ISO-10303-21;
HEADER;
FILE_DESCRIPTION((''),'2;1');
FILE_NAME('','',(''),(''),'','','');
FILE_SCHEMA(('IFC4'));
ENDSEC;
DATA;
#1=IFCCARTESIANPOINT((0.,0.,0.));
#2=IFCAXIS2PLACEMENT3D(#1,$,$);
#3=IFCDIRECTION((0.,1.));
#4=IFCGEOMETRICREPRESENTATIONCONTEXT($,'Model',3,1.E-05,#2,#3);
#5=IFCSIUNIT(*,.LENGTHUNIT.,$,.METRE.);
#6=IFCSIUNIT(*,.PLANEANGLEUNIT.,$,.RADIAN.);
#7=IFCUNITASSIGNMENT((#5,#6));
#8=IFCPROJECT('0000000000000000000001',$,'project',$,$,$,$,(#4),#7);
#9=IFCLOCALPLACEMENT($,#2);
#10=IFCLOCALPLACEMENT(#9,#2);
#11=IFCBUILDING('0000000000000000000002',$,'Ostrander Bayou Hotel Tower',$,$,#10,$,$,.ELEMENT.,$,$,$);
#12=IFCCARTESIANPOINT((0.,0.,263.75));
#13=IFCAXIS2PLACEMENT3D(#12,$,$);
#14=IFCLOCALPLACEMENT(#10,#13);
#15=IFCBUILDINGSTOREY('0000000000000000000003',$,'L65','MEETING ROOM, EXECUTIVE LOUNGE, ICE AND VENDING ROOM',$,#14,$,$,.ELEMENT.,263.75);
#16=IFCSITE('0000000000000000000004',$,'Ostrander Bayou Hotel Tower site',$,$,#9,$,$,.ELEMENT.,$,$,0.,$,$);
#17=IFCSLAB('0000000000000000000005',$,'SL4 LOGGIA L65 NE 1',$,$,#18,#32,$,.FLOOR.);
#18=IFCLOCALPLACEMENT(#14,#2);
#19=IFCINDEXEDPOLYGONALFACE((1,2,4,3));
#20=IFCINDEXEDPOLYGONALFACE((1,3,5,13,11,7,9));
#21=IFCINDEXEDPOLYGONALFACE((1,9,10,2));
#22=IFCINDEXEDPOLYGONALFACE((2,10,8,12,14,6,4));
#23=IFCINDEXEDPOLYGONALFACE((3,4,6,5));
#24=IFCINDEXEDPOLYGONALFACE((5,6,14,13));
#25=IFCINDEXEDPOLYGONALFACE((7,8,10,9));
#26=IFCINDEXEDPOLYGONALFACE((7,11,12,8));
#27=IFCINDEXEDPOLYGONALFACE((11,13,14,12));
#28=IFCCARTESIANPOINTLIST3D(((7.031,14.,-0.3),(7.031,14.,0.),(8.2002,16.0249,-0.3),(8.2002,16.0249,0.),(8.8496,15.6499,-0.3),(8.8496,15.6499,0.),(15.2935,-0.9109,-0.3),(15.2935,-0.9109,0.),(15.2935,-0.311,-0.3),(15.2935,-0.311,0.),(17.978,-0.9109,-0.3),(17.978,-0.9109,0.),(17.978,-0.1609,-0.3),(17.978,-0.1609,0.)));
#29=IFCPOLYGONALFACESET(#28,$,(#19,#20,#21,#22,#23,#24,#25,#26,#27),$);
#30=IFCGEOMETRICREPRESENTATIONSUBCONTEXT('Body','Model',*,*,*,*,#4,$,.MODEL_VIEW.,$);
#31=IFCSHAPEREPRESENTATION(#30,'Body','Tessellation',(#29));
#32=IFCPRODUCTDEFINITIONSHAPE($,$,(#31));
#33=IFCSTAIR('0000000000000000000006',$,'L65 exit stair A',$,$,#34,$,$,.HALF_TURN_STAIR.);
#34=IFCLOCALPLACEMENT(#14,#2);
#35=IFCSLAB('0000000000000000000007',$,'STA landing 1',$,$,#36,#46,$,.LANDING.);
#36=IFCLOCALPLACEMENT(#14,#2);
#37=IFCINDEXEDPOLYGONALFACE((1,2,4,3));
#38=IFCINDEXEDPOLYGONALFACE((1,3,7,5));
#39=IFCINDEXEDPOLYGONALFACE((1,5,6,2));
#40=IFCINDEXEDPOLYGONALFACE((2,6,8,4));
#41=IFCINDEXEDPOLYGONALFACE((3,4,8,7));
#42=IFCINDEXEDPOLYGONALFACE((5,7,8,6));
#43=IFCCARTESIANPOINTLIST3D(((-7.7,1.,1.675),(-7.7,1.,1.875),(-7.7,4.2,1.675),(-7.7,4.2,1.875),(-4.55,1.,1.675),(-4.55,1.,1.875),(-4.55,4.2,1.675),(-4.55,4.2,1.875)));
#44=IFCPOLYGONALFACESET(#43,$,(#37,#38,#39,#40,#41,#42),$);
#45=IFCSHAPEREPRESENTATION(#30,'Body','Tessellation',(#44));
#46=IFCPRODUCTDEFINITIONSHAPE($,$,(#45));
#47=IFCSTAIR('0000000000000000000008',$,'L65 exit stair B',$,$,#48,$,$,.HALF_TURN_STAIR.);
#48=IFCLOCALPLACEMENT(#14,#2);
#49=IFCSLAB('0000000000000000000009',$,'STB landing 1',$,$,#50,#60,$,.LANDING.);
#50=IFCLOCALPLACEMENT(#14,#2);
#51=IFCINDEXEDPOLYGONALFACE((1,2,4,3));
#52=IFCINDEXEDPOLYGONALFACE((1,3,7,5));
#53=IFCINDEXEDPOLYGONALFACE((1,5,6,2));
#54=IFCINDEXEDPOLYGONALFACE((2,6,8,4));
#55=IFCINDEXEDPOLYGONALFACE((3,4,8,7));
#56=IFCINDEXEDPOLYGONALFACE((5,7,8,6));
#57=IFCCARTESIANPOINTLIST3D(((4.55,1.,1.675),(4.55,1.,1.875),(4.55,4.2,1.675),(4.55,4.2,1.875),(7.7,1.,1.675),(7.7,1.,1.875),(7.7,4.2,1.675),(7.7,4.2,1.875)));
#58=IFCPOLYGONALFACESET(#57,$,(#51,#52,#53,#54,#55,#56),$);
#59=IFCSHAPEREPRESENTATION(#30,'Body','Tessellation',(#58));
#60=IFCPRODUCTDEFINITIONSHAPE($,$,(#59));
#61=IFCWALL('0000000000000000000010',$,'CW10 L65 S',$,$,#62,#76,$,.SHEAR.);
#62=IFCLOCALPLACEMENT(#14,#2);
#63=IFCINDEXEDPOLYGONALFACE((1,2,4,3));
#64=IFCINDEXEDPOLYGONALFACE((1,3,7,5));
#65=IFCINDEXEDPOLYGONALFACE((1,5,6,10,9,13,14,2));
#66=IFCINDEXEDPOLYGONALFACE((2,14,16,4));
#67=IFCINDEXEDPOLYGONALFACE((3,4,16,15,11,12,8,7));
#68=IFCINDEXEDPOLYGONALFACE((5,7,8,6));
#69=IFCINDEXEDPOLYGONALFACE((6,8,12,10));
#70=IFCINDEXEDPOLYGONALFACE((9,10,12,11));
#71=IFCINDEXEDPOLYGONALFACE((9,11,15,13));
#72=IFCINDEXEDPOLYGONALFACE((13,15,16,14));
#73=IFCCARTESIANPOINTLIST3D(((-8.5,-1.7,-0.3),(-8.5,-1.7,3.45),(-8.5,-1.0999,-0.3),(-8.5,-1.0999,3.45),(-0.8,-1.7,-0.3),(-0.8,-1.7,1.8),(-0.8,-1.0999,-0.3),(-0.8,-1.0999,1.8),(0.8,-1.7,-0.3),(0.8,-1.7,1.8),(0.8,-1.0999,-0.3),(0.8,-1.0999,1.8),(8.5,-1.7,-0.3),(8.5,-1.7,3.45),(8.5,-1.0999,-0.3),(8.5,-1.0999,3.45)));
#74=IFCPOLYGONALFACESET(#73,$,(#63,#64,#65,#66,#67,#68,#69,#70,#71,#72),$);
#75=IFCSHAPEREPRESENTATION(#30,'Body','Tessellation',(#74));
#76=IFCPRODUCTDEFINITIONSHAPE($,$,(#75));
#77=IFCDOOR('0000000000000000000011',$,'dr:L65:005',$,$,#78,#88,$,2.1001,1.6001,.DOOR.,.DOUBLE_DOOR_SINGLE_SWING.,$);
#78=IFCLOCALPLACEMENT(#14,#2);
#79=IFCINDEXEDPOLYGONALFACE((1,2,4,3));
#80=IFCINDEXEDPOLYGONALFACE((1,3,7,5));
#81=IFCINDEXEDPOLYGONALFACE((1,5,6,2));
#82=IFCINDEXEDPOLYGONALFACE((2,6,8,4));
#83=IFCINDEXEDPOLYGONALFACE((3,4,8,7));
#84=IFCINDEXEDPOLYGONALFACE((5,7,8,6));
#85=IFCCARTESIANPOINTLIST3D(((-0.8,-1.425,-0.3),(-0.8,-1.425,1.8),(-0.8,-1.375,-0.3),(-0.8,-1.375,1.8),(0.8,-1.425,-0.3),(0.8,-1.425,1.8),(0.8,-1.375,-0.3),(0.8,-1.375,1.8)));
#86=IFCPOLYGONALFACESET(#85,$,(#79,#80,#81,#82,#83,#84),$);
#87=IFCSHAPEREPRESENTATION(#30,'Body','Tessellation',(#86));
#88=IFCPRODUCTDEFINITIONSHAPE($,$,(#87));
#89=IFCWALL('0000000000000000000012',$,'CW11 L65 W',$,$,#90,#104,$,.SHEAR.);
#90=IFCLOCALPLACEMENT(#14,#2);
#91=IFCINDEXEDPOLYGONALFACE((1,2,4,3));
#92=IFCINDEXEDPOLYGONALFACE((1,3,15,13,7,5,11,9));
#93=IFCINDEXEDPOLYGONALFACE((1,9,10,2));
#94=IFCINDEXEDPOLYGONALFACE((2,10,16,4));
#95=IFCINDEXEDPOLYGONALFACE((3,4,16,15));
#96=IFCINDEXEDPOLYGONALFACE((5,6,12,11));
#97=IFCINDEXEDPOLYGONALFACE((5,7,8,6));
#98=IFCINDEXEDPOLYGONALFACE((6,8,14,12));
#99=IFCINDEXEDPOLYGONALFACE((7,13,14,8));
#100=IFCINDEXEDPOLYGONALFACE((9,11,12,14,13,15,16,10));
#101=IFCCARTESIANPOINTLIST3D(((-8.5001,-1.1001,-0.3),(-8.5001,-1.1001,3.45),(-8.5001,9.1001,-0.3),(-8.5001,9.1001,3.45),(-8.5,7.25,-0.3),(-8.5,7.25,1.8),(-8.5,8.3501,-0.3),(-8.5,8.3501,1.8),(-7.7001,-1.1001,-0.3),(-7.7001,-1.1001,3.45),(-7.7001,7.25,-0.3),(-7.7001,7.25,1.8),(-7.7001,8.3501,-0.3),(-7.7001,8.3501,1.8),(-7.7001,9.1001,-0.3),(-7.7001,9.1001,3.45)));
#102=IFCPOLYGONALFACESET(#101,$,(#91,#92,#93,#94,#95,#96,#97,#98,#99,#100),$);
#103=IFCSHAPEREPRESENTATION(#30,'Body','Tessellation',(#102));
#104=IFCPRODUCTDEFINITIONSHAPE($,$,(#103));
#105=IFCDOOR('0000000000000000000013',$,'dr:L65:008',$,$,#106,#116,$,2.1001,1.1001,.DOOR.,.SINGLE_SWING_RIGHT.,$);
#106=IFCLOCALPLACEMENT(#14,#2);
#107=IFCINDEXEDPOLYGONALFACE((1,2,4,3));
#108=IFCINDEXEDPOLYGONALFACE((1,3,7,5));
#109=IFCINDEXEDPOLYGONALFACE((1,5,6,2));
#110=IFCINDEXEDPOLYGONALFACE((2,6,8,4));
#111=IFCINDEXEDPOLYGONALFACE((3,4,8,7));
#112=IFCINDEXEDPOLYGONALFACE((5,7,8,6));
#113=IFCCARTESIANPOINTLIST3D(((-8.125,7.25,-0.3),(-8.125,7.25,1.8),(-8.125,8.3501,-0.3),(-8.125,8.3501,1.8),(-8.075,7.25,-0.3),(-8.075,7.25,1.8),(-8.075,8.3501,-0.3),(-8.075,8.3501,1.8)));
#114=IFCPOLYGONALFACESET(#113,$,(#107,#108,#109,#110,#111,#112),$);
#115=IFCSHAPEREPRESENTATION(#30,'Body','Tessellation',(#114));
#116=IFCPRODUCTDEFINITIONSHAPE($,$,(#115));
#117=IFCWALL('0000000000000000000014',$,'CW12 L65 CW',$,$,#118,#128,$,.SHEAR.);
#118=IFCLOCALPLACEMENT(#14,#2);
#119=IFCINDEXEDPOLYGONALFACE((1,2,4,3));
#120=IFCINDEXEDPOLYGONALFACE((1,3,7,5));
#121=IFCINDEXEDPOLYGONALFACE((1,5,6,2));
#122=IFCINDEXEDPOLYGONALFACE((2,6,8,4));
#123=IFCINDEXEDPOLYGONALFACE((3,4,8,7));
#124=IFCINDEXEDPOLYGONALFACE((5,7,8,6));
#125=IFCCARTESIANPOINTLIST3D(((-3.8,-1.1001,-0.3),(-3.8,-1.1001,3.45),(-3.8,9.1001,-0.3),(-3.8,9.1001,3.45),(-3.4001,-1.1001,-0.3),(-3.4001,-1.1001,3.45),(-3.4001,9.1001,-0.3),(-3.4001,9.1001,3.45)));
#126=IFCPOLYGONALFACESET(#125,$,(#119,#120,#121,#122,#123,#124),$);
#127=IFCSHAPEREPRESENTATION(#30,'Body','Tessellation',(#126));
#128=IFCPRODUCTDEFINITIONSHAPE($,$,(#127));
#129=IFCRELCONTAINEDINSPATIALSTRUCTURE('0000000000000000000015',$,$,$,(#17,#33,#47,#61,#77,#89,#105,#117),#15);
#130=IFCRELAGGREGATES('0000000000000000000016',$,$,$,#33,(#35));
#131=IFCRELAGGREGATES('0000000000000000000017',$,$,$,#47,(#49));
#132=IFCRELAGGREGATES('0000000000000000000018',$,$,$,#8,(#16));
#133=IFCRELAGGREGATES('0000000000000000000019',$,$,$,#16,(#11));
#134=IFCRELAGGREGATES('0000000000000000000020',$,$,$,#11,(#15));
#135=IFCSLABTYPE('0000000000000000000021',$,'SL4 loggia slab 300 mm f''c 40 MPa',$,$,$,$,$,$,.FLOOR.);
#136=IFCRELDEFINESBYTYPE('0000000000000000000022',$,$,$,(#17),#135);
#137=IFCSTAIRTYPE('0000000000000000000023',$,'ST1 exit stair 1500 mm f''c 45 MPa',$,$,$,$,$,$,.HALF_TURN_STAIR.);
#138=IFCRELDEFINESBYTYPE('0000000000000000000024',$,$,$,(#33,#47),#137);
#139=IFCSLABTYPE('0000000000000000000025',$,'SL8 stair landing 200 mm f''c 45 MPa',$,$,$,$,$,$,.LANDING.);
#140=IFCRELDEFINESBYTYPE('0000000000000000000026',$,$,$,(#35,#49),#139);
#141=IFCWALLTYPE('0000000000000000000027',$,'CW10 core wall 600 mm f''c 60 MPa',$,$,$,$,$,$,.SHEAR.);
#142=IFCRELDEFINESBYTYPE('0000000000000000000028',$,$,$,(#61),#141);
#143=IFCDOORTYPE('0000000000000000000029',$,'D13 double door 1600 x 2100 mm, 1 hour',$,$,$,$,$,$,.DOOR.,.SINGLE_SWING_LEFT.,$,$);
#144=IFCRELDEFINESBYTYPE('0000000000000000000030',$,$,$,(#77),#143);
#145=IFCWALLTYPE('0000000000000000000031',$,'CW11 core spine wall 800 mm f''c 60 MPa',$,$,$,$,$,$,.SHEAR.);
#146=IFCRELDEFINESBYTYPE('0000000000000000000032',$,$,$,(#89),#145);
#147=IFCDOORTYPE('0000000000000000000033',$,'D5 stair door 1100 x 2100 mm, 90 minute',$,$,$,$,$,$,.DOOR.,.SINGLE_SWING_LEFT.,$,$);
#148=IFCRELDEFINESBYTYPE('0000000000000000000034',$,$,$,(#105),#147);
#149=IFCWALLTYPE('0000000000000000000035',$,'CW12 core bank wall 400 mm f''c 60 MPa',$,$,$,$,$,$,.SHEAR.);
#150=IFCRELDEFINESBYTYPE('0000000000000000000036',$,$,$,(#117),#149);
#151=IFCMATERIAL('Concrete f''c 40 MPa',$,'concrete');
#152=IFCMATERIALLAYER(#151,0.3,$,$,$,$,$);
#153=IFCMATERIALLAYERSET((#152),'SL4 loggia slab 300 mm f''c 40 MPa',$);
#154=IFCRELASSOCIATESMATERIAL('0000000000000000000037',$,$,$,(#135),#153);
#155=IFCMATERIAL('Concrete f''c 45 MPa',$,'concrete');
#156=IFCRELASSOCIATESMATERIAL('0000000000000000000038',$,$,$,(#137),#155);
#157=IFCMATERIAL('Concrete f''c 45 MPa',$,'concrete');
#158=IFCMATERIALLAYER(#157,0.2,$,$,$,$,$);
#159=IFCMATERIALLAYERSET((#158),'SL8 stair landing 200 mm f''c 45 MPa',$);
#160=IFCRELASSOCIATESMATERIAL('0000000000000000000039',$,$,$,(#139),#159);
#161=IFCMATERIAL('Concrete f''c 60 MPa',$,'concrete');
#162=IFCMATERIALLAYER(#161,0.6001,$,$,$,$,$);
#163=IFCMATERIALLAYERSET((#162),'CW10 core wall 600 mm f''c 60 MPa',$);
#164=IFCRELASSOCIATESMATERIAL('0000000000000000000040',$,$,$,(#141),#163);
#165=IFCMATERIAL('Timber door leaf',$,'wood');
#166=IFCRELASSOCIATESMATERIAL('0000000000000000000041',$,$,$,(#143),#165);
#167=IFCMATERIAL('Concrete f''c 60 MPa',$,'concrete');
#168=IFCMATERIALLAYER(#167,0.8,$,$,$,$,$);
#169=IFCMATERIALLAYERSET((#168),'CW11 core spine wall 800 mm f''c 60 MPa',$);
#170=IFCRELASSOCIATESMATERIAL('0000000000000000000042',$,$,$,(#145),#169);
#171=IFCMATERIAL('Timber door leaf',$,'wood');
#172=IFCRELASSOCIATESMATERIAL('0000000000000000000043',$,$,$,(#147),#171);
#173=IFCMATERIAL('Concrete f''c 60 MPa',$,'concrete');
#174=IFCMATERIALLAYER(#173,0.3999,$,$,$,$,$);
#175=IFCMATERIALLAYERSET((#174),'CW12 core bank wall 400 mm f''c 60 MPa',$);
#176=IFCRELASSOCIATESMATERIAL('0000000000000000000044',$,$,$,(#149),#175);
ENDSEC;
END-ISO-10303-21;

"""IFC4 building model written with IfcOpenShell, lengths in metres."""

from ifc_helpers import new_model, si_unit, direction, frame, frame_2d, origin, place, context, subcontext, project, spatial, polyline, rectangle, outline, extrude, material, layer, layer_set, type_object, element, fill, aggregate, save


model = new_model("IFC4")

# Units and contexts
model_context = context("Model", 3, precision=1e-05, world=origin(), true_north=direction((0.0, 1.0)))
body_context = subcontext(model_context, "Body", "Model", "MODEL_VIEW")
ifc_project = project(units=[si_unit("LENGTHUNIT", "METRE"), si_unit("PLANEANGLEUNIT", "RADIAN")], contexts=[model_context])

# Site, building, storey
site_placement = place(None, origin())
site = spatial("IfcSite", under=ifc_project, at=site_placement, Name="Ostrander Bayou Hotel Tower site", CompositionType="ELEMENT", RefElevation=0.0)
building_placement = place(site_placement, origin())
building = spatial("IfcBuilding", under=site, at=building_placement, Name="Ostrander Bayou Hotel Tower", CompositionType="ELEMENT")
storey_placement = place(building_placement, frame((0.0, 0.0, 263.75)))
storey = spatial("IfcBuildingStorey", under=building, at=storey_placement, Name="L65", Description="MEETING ROOM, EXECUTIVE LOUNGE, ICE AND VENDING ROOM", CompositionType="ELEMENT", Elevation=263.75)

# Slab
ifc_material_1 = material(Name="Concrete f'c 40 MPa", Category="concrete")
ifc_layer_1 = layer(ifc_material_1, 0.3)
ifc_layer_set_1 = layer_set([ifc_layer_1], Name="SL4 loggia slab 300 mm f'c 40 MPa")
slab_type_1 = type_object("IfcSlabType", Name="SL4 loggia slab 300 mm f'c 40 MPa", PredefinedType="FLOOR", material=ifc_layer_set_1)
slab_1_placement = place(storey_placement, frame((0.0, 0.0, -0.3)))
element("IfcSlab", 1, at=slab_1_placement, inside=storey, type_object=slab_type_1, Name="SL4 LOGGIA L65 NE 1", PredefinedType="FLOOR", context=body_context, shape_type="SweptSolid", body=[
    extrude(outline(polyline([(8.2002, 16.0249), (8.8496, 15.6499), (17.978, -0.1609), (17.978, -0.9109), (15.2935, -0.9109), (15.2935, -0.311), (7.031, 14.0), (8.2002, 16.0249)])), origin(), (0.0, 0.0, 1.0), 0.3),
])

# Stairs, slabs
ifc_material_2 = material(Name="Concrete f'c 45 MPa", Category="concrete")
stair_type = type_object("IfcStairType", Name="ST1 exit stair 1500 mm f'c 45 MPa", PredefinedType="HALF_TURN_STAIR", material=ifc_material_2)
stair_1_placement = place(storey_placement, origin())
stair_1 = element("IfcStair", 2, at=stair_1_placement, inside=storey, type_object=stair_type, Name="L65 exit stair A", PredefinedType="HALF_TURN_STAIR")
ifc_material_3 = material(Name="Concrete f'c 45 MPa", Category="concrete")
ifc_layer_2 = layer(ifc_material_3, 0.2)
ifc_layer_set_2 = layer_set([ifc_layer_2], Name="SL8 stair landing 200 mm f'c 45 MPa")
slab_type_2 = type_object("IfcSlabType", Name="SL8 stair landing 200 mm f'c 45 MPa", PredefinedType="LANDING", material=ifc_layer_set_2)
slab_2_placement = place(storey_placement, frame((0.0, 0.0, 1.675)))
slab_2 = element("IfcSlab", 3, at=slab_2_placement, type_object=slab_type_2, Name="STA landing 1", PredefinedType="LANDING", context=body_context, shape_type="SweptSolid", body=[
    extrude(outline(polyline([(-7.7, 4.2), (-7.7, 1.0), (-4.55, 1.0), (-4.55, 4.2), (-7.7, 4.2)])), origin(), (0.0, 0.0, 1.0), 0.2),
])
aggregate(stair_1, [slab_2])
stair_2_placement = place(storey_placement, origin())
stair_2 = element("IfcStair", 4, at=stair_2_placement, inside=storey, type_object=stair_type, Name="L65 exit stair B", PredefinedType="HALF_TURN_STAIR")
slab_3_placement = place(storey_placement, frame((0.0, 0.0, 1.675)))
slab_3 = element("IfcSlab", 5, at=slab_3_placement, type_object=slab_type_2, Name="STB landing 1", PredefinedType="LANDING", context=body_context, shape_type="SweptSolid", body=[
    extrude(outline(polyline([(4.55, 4.2), (4.55, 1.0), (7.7, 1.0), (7.7, 4.2), (4.55, 4.2)])), origin(), (0.0, 0.0, 1.0), 0.2),
])
aggregate(stair_2, [slab_3])

# Walls, openings, doors
ifc_material_4 = material(Name="Concrete f'c 60 MPa", Category="concrete")
ifc_layer_3 = layer(ifc_material_4, 0.6001)
ifc_layer_set_3 = layer_set([ifc_layer_3], Name="CW10 core wall 600 mm f'c 60 MPa")
wall_type_1 = type_object("IfcWallType", Name="CW10 core wall 600 mm f'c 60 MPa", PredefinedType="SHEAR", material=ifc_layer_set_3)
wall_1_placement = place(storey_placement, frame((-8.5, -1.3999, -0.3), z_axis=(0.0, 0.0, 1.0), x_axis=(1.0, 0.0, 0.0)))
wall_1 = element("IfcWall", 6, at=wall_1_placement, inside=storey, type_object=wall_type_1, Name="CW10 L65 S", PredefinedType="SHEAR", context=body_context, shape_type="SweptSolid", body=[
    extrude(rectangle(XDim=17.0, YDim=0.6001, at=frame_2d((8.5, 0.0))), origin(), (0.0, 0.0, 1.0), 3.75),
])
opening_1_placement = place(wall_1_placement, frame((7.7, 0.0, 0.0)))
opening_1 = element("IfcOpeningElement", 7, at=opening_1_placement, cuts=wall_1, PredefinedType="OPENING", context=body_context, shape_type="SweptSolid", body=[
    extrude(rectangle(XDim=1.6001, YDim=2.1001, at=frame_2d((0.8, 1.05))), frame((0.0, 0.3, 0.0), z_axis=(0.0, -1.0, 0.0), x_axis=(1.0, 0.0, 0.0)), (0.0, 0.0, 1.0), 0.6001),
])
ifc_material_5 = material(Name="Timber door leaf", Category="wood")
door_type_1 = type_object("IfcDoorType", Name="D13 double door 1600 x 2100 mm, 1 hour", OperationType="SINGLE_SWING_LEFT", PredefinedType="DOOR", material=ifc_material_5)
door_1_placement = place(opening_1_placement, origin())
door_1 = element("IfcDoor", 8, at=door_1_placement, inside=storey, type_object=door_type_1, Name="dr:L65:005", OperationType="DOUBLE_DOOR_SINGLE_SWING", OverallHeight=2.1001, OverallWidth=1.6001, PredefinedType="DOOR", context=body_context, shape_type="SweptSolid", body=[
    extrude(rectangle(XDim=1.6001, YDim=2.1001, at=frame_2d((0.8, 1.05))), frame((0.0, 0.0249, 0.0), z_axis=(0.0, -1.0, 0.0), x_axis=(1.0, 0.0, 0.0)), (0.0, 0.0, 1.0), 0.05),
])
fill(opening_1, door_1)
ifc_material_6 = material(Name="Concrete f'c 60 MPa", Category="concrete")
ifc_layer_4 = layer(ifc_material_6, 0.8)
ifc_layer_set_4 = layer_set([ifc_layer_4], Name="CW11 core spine wall 800 mm f'c 60 MPa")
wall_type_2 = type_object("IfcWallType", Name="CW11 core spine wall 800 mm f'c 60 MPa", PredefinedType="SHEAR", material=ifc_layer_set_4)
wall_2_placement = place(storey_placement, frame((-8.1001, -1.1001, -0.3), z_axis=(0.0, 0.0, 1.0), x_axis=(0.0, 1.0, 0.0)))
wall_2 = element("IfcWall", 9, at=wall_2_placement, inside=storey, type_object=wall_type_2, Name="CW11 L65 W", PredefinedType="SHEAR", context=body_context, shape_type="SweptSolid", body=[
    extrude(rectangle(XDim=10.2002, YDim=0.8, at=frame_2d((5.1001, 0.0))), origin(), (0.0, 0.0, 1.0), 3.75),
])
opening_2_placement = place(wall_2_placement, frame((8.3501, 0.0, 0.0)))
opening_2 = element("IfcOpeningElement", 10, at=opening_2_placement, cuts=wall_2, PredefinedType="OPENING", context=body_context, shape_type="SweptSolid", body=[
    extrude(rectangle(XDim=1.1001, YDim=2.1001, at=frame_2d((0.55, 1.05))), frame((0.0, 0.3999, 0.0), z_axis=(0.0, -1.0, 0.0), x_axis=(1.0, 0.0, 0.0)), (0.0, 0.0, 1.0), 0.8),
])
ifc_material_7 = material(Name="Timber door leaf", Category="wood")
door_type_2 = type_object("IfcDoorType", Name="D5 stair door 1100 x 2100 mm, 90 minute", OperationType="SINGLE_SWING_LEFT", PredefinedType="DOOR", material=ifc_material_7)
door_2_placement = place(opening_2_placement, origin())
door_2 = element("IfcDoor", 11, at=door_2_placement, inside=storey, type_object=door_type_2, Name="dr:L65:008", OperationType="SINGLE_SWING_RIGHT", OverallHeight=2.1001, OverallWidth=1.1001, PredefinedType="DOOR", context=body_context, shape_type="SweptSolid", body=[
    extrude(rectangle(XDim=1.1001, YDim=2.1001, at=frame_2d((0.55, 1.05))), frame((0.0, 0.0249, 0.0), z_axis=(0.0, -1.0, 0.0), x_axis=(1.0, 0.0, 0.0)), (0.0, 0.0, 1.0), 0.05),
])
fill(opening_2, door_2)

# Wall
ifc_material_8 = material(Name="Concrete f'c 60 MPa", Category="concrete")
ifc_layer_5 = layer(ifc_material_8, 0.3999)
ifc_layer_set_5 = layer_set([ifc_layer_5], Name="CW12 core bank wall 400 mm f'c 60 MPa")
wall_type_3 = type_object("IfcWallType", Name="CW12 core bank wall 400 mm f'c 60 MPa", PredefinedType="SHEAR", material=ifc_layer_set_5)
wall_3_placement = place(storey_placement, frame((-3.6001, -1.1001, -0.3), z_axis=(0.0, 0.0, 1.0), x_axis=(0.0, 1.0, 0.0)))
element("IfcWall", 12, at=wall_3_placement, inside=storey, type_object=wall_type_3, Name="CW12 L65 CW", PredefinedType="SHEAR", context=body_context, shape_type="SweptSolid", body=[
    extrude(rectangle(XDim=10.2002, YDim=0.3999, at=frame_2d((5.1001, 0.0))), origin(), (0.0, 0.0, 1.0), 3.75),
])

save(model, "model.ifc")
